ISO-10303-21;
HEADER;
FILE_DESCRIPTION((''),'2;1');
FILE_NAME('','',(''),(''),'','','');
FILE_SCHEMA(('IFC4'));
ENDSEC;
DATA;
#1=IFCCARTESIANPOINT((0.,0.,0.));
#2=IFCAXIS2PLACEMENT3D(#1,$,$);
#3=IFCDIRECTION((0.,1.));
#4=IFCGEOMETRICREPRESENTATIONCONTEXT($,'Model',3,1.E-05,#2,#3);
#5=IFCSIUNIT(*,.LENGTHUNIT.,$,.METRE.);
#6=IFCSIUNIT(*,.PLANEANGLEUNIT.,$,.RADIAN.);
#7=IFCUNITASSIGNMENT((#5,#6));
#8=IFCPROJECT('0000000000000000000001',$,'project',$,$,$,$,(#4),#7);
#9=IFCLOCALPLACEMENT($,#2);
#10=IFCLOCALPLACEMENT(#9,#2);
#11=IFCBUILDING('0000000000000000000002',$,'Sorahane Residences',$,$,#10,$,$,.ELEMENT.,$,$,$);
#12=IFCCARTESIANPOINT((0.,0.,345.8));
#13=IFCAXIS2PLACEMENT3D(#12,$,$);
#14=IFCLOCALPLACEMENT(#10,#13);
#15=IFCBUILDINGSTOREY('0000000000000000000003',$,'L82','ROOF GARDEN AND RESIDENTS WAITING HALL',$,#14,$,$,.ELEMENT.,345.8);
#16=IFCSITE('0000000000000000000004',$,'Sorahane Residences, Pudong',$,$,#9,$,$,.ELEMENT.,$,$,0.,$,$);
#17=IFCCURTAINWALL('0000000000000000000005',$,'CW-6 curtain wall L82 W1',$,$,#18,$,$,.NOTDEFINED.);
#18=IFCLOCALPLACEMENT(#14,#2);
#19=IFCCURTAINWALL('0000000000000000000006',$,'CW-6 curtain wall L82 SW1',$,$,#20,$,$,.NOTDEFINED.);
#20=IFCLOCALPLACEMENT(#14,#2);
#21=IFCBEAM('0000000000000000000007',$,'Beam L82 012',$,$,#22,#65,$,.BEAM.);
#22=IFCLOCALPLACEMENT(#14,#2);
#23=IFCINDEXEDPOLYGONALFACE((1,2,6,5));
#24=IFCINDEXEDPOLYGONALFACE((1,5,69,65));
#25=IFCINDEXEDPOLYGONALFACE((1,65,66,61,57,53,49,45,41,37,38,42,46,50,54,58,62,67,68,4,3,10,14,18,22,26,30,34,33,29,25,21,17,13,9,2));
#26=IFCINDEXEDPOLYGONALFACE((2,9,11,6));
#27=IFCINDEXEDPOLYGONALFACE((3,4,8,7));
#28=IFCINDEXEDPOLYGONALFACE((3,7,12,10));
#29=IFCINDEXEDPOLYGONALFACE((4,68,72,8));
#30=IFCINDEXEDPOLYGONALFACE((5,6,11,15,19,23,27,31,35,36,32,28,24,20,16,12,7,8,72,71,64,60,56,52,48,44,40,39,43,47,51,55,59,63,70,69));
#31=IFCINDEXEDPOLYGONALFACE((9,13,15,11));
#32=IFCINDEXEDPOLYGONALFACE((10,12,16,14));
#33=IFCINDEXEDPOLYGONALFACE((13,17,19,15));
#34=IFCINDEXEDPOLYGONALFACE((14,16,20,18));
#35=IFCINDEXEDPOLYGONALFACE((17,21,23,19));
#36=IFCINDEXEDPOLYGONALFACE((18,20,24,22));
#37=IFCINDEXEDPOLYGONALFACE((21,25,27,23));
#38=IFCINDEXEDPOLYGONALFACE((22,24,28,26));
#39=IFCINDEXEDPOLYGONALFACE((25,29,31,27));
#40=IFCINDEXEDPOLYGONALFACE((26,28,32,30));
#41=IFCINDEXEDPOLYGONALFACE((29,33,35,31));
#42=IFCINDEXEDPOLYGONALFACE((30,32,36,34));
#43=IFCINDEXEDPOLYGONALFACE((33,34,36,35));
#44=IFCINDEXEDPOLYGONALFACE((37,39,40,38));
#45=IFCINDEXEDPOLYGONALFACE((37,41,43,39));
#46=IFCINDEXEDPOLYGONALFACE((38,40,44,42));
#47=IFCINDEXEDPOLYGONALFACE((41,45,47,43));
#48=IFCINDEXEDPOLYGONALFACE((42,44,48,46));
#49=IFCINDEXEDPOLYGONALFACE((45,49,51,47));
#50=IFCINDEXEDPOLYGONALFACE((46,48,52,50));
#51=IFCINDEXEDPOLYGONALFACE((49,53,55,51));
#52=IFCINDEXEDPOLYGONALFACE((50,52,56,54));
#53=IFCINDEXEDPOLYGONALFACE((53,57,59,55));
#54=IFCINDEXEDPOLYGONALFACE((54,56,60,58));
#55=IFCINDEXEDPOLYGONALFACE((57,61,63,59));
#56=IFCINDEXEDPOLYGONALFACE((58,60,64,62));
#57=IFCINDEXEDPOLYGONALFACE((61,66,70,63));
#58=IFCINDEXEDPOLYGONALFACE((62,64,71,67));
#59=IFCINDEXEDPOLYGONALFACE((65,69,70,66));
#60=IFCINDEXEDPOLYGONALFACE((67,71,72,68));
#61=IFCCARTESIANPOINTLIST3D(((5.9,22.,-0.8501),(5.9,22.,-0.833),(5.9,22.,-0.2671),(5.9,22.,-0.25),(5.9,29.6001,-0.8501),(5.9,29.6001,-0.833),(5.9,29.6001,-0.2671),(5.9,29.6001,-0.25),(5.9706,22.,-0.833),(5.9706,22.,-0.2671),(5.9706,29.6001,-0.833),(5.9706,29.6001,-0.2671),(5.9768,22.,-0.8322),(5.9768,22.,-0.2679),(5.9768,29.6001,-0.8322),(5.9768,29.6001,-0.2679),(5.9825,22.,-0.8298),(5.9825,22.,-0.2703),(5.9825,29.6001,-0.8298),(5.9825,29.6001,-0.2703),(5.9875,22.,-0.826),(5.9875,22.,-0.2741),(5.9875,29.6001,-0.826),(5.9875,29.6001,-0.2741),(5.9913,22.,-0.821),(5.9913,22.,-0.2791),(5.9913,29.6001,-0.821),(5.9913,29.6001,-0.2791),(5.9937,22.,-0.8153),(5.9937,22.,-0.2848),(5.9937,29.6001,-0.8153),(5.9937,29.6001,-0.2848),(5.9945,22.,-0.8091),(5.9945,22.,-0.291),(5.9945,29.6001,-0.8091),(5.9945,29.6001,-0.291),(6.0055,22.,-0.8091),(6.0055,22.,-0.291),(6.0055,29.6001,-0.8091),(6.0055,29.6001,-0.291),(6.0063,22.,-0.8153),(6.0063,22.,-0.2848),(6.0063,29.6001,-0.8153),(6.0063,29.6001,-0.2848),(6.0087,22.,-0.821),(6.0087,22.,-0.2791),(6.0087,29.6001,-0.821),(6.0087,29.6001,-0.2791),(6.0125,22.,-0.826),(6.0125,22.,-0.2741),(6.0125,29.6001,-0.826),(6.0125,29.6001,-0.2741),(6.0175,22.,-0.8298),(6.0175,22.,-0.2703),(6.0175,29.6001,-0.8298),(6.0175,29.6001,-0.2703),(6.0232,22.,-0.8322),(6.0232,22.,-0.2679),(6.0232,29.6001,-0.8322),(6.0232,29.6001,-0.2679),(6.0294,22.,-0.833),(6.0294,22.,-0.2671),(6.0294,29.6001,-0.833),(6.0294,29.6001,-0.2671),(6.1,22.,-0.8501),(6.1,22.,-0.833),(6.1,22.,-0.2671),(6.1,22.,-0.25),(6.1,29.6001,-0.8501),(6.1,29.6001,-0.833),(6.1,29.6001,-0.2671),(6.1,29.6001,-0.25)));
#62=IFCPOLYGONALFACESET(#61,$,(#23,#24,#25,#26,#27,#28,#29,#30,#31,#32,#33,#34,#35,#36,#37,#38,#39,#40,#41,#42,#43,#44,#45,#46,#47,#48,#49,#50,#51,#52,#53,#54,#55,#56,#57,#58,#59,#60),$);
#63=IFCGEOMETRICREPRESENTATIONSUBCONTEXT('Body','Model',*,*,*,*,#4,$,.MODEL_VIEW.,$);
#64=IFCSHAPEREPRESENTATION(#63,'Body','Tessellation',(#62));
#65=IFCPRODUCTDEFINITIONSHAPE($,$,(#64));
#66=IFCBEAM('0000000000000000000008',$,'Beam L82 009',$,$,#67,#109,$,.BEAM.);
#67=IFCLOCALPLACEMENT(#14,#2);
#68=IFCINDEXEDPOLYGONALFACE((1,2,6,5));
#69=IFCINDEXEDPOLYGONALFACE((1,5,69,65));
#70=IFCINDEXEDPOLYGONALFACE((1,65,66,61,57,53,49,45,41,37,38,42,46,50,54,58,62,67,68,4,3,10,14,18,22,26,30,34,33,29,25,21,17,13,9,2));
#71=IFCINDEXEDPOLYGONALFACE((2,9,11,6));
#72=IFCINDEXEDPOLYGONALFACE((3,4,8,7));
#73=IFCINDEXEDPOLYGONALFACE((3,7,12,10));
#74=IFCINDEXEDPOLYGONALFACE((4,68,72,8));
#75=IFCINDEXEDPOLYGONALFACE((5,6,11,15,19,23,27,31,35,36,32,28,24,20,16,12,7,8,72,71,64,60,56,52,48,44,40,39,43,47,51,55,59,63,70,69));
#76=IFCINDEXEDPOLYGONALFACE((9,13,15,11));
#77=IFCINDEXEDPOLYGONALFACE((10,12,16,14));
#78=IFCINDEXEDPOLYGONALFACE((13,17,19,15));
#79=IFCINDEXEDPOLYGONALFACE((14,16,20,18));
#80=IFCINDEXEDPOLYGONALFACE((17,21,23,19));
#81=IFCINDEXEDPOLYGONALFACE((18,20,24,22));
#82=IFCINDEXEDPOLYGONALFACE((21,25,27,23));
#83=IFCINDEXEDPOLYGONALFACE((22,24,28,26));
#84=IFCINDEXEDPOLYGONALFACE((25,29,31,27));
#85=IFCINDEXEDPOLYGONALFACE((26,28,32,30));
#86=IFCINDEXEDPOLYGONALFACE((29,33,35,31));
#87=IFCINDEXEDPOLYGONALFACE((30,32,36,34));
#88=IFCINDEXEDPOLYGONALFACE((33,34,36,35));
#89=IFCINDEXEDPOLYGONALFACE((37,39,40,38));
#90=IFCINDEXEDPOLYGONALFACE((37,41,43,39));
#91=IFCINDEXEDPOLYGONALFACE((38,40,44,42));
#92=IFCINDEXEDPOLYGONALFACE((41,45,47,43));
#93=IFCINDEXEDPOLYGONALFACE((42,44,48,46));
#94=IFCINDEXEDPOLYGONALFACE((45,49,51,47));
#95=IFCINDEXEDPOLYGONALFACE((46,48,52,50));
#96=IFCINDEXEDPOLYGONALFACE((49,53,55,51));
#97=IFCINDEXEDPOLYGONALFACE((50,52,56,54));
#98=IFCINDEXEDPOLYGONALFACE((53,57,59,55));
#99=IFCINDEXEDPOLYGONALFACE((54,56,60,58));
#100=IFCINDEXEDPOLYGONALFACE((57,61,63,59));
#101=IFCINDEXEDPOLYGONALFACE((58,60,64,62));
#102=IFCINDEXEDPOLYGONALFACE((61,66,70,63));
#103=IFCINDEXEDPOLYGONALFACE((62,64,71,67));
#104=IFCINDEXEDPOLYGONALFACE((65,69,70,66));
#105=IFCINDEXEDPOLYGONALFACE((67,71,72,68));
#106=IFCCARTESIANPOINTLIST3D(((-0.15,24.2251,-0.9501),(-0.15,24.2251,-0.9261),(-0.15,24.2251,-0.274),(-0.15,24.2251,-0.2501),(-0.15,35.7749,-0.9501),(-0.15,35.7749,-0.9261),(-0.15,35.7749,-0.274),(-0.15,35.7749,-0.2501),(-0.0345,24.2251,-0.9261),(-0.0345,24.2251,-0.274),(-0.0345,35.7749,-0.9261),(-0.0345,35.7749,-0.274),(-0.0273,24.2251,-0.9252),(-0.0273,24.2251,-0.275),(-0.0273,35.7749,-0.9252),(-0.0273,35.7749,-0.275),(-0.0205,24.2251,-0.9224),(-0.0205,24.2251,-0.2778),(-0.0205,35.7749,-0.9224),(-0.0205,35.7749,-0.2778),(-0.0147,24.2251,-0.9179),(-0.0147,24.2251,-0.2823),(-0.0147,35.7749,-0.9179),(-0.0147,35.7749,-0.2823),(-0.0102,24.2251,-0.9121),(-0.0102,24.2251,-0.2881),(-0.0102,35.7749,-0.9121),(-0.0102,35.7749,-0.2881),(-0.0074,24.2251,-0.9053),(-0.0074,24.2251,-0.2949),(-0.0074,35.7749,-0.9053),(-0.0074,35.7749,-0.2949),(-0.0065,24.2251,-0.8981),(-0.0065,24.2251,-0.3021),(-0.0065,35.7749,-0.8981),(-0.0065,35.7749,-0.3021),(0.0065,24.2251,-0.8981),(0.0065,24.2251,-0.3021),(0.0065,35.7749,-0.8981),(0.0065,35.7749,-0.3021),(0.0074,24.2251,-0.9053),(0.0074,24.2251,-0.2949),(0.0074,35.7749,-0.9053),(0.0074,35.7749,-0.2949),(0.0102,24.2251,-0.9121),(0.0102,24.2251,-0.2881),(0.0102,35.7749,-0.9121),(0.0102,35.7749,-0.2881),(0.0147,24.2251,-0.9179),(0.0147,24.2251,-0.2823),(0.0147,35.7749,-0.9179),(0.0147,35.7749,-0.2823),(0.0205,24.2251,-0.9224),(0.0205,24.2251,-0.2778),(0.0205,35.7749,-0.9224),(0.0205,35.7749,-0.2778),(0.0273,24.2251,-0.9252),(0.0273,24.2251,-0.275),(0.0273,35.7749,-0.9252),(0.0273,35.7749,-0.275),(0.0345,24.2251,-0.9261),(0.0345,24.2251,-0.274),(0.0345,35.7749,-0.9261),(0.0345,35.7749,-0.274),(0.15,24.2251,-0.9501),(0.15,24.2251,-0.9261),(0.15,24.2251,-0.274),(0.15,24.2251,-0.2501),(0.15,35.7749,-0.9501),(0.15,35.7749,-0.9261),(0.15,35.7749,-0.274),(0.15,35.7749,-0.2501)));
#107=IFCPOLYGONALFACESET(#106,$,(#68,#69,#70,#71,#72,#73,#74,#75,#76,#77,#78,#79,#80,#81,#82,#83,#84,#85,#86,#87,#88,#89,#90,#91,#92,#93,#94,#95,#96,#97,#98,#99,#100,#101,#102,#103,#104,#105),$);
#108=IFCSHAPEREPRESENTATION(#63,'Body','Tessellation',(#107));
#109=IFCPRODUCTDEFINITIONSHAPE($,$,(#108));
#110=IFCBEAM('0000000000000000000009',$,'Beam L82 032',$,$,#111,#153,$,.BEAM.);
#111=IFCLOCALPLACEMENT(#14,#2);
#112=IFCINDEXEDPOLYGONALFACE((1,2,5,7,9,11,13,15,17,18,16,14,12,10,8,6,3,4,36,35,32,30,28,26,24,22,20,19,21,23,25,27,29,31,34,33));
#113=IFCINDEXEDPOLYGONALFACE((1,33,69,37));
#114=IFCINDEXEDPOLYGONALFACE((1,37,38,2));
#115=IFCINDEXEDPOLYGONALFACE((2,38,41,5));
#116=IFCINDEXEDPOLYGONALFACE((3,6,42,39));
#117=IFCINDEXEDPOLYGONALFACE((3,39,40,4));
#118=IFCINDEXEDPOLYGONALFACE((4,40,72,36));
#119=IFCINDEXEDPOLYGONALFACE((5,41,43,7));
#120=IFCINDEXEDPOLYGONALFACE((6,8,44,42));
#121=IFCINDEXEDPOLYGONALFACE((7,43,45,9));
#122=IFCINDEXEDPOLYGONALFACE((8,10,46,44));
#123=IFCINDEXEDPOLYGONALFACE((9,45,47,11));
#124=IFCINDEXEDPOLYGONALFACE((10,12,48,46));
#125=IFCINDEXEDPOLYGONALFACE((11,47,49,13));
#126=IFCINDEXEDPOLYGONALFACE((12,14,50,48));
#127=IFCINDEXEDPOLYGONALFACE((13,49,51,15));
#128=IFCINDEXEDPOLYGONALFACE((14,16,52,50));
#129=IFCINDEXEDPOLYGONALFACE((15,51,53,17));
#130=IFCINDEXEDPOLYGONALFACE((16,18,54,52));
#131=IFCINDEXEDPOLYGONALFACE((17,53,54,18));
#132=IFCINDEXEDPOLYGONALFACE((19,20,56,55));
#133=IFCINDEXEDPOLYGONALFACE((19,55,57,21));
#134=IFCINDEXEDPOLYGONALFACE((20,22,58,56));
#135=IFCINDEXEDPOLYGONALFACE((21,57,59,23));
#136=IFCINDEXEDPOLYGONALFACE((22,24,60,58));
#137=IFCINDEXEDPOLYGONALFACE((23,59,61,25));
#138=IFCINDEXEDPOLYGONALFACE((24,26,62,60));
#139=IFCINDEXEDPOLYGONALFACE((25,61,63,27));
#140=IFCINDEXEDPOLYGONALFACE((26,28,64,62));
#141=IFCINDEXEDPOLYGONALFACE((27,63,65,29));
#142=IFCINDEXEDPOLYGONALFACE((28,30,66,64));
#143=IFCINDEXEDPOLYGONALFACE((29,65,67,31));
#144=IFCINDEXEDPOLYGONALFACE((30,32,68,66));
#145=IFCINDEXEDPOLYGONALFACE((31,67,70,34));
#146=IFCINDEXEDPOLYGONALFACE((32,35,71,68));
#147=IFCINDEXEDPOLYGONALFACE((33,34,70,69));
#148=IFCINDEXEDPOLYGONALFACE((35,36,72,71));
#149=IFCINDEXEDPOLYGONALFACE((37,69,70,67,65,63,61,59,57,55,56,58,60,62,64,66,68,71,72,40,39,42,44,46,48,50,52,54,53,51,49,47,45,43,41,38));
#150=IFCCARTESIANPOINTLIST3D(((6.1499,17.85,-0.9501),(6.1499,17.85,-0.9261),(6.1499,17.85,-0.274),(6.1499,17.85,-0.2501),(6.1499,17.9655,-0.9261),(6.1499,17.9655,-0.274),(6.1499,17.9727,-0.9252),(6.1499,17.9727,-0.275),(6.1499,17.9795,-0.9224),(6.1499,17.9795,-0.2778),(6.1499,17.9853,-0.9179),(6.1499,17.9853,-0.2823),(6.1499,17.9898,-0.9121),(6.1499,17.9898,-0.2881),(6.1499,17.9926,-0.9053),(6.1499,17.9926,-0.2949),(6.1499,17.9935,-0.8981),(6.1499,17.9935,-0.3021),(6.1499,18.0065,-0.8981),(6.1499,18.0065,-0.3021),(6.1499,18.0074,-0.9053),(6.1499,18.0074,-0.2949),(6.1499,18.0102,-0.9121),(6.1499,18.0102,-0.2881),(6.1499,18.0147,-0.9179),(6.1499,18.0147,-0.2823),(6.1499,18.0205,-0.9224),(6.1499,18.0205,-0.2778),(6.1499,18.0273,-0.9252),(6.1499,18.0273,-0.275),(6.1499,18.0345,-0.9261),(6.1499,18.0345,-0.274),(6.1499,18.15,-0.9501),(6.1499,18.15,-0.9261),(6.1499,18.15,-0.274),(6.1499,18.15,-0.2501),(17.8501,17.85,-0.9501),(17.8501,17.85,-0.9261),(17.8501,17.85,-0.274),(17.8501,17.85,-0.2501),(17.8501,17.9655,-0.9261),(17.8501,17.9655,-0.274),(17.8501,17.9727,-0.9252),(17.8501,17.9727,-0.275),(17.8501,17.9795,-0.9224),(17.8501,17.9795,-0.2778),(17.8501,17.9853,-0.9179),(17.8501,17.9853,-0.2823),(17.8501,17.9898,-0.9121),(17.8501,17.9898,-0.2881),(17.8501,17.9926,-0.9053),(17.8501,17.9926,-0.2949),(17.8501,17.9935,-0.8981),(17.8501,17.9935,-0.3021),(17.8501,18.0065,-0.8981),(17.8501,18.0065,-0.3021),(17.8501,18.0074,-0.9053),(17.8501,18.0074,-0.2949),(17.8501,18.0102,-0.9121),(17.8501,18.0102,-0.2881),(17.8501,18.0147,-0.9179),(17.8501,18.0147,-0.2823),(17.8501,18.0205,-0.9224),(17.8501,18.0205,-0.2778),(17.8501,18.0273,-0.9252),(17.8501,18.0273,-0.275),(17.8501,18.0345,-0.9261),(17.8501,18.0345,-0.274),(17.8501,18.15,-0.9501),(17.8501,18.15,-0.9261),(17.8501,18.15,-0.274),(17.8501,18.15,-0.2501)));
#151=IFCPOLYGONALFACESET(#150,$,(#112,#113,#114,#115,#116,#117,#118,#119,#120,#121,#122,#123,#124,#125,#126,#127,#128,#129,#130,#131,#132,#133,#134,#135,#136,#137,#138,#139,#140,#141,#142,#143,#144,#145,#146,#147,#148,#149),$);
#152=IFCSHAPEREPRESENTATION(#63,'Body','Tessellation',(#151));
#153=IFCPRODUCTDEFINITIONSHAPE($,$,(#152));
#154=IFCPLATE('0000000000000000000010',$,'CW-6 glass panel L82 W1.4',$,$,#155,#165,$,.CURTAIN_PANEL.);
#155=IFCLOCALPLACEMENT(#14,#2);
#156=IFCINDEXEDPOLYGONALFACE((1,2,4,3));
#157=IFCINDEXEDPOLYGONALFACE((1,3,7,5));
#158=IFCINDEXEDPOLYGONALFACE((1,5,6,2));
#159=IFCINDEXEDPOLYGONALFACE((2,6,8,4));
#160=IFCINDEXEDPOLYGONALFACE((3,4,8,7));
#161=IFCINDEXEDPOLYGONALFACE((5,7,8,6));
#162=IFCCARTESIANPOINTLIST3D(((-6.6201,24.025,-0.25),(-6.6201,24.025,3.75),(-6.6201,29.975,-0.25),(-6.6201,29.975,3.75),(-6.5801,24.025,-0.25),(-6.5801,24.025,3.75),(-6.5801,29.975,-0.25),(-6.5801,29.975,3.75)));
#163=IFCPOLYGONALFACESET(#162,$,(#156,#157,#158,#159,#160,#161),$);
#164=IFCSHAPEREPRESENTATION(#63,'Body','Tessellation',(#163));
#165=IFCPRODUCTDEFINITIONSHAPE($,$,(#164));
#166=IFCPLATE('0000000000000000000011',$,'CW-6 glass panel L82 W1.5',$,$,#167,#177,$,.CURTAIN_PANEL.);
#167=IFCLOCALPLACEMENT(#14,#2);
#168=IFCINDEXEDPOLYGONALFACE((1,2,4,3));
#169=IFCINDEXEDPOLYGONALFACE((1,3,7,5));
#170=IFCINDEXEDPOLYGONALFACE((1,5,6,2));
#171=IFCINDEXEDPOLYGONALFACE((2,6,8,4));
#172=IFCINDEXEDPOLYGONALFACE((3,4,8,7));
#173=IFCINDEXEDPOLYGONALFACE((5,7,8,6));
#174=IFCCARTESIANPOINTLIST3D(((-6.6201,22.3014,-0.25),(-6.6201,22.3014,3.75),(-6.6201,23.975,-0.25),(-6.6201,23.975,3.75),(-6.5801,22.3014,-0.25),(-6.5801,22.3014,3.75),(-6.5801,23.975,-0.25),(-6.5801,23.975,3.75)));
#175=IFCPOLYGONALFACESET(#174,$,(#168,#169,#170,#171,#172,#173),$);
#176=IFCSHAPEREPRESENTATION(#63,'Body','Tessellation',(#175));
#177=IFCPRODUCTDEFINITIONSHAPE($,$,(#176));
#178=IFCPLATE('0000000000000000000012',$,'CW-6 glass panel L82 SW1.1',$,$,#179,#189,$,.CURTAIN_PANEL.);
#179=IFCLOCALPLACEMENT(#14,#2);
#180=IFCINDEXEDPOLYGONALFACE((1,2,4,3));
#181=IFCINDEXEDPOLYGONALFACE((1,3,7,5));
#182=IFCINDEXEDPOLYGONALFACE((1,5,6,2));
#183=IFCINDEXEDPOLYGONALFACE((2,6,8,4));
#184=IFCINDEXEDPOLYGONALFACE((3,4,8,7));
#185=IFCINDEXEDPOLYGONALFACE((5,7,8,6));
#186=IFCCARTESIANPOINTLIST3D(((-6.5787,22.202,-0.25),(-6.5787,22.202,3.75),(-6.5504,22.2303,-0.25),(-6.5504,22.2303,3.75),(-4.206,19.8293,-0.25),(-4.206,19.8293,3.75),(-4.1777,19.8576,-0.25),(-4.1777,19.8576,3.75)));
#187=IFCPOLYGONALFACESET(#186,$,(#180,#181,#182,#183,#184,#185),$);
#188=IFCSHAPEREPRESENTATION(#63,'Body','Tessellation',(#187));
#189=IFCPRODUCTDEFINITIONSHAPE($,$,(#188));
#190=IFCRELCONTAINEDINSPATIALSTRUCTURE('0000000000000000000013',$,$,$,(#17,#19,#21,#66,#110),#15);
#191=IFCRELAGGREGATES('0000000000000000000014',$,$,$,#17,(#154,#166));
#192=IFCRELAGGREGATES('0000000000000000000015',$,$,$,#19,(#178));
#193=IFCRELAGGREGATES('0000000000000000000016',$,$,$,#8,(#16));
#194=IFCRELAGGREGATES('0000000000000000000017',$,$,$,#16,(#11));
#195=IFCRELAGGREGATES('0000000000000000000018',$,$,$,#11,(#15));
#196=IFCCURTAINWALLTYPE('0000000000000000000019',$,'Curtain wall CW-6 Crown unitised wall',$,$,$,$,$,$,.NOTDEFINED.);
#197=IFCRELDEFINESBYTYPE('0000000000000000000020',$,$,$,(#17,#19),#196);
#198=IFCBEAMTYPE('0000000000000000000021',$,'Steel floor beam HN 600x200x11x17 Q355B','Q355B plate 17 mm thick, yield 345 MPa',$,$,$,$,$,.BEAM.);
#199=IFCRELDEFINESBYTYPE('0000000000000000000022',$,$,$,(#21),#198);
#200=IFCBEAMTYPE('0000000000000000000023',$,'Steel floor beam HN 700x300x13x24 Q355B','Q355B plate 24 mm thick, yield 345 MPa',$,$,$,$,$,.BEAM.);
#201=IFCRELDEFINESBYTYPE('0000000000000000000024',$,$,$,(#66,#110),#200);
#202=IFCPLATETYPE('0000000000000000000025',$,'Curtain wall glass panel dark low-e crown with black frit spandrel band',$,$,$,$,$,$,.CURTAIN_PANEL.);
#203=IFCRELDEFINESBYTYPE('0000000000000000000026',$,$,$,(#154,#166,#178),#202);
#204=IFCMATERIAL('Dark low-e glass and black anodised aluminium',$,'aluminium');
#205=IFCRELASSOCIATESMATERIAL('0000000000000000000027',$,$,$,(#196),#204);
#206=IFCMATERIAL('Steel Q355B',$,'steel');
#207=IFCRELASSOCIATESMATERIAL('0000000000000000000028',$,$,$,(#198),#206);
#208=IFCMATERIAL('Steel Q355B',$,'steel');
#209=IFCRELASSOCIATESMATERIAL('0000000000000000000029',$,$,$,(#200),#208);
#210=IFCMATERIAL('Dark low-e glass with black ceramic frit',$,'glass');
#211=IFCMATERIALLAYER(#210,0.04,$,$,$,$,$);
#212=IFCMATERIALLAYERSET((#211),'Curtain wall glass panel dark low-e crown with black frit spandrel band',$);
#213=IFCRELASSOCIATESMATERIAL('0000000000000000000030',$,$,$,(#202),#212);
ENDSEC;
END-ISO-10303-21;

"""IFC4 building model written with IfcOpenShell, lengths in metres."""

from ifc_helpers import new_model, si_unit, direction, frame, origin, origin_2d, place, context, subcontext, project, spatial, rectangle, i_section, extrude, material, layer, layer_set, material_profile, profile_set, type_object, element, aggregate, save


model = new_model("IFC4")

# Units and contexts
model_context = context("Model", 3, precision=1e-05, world=origin(), true_north=direction((0.0, 1.0)))
body_context = subcontext(model_context, "Body", "Model", "MODEL_VIEW")
ifc_project = project(units=[si_unit("LENGTHUNIT", "METRE"), si_unit("PLANEANGLEUNIT", "RADIAN")], contexts=[model_context])

# Site, building, storey
site_placement = place(None, origin())
site = spatial("IfcSite", under=ifc_project, at=site_placement, Name="Sorahane Residences, Pudong", CompositionType="ELEMENT", RefElevation=0.0)
building_placement = place(site_placement, origin())
building = spatial("IfcBuilding", under=site, at=building_placement, Name="Sorahane Residences", CompositionType="ELEMENT")
storey_placement = place(building_placement, frame((0.0, 0.0, 345.8)))
storey = spatial("IfcBuildingStorey", under=building, at=storey_placement, Name="L82", Description="ROOF GARDEN AND RESIDENTS WAITING HALL", CompositionType="ELEMENT", Elevation=345.8)

# Curtain walls
ifc_material_1 = material(Name="Dark low-e glass and black anodised aluminium", Category="aluminium")
curtain_wall_type = type_object("IfcCurtainWallType", Name="Curtain wall CW-6 Crown unitised wall", PredefinedType="NOTDEFINED", material=ifc_material_1)
curtain_wall_1_placement = place(storey_placement, origin())
curtain_wall_1 = element("IfcCurtainWall", 1, at=curtain_wall_1_placement, inside=storey, type_object=curtain_wall_type, Name="CW-6 curtain wall L82 W1", PredefinedType="NOTDEFINED")
curtain_wall_2_placement = place(storey_placement, origin())
curtain_wall_2 = element("IfcCurtainWall", 2, at=curtain_wall_2_placement, inside=storey, type_object=curtain_wall_type, Name="CW-6 curtain wall L82 SW1", PredefinedType="NOTDEFINED")

# Beams
ifc_material_2 = material(Name="Steel Q355B", Category="steel")
ifc_material_profile_1 = material_profile(ifc_material_2, i_section(OverallWidth=0.2, OverallDepth=0.6001, WebThickness=0.011, FlangeThickness=0.0171, FilletRadius=0.0239, at=origin_2d()), Name="HN 600x200x11x17")
ifc_profile_set_1 = profile_set([ifc_material_profile_1], Name="Steel Q355B")
beam_type_1 = type_object("IfcBeamType", Name="Steel floor beam HN 600x200x11x17 Q355B", Description="Q355B plate 17 mm thick, yield 345 MPa", PredefinedType="BEAM", material=ifc_profile_set_1)
beam_1_placement = place(storey_placement, frame((6.0, 22.0, -0.55), z_axis=(0.0, 1.0, 0.0), x_axis=(-1.0, 0.0, 0.0)))
element("IfcBeam", 3, at=beam_1_placement, inside=storey, type_object=beam_type_1, Name="Beam L82 012", PredefinedType="BEAM", context=body_context, shape_type="SweptSolid", body=[
    extrude(i_section(OverallWidth=0.2, OverallDepth=0.6001, WebThickness=0.011, FlangeThickness=0.0171, FilletRadius=0.0239, at=origin_2d()), origin(), (0.0, 0.0, 1.0), 7.6001),
])
ifc_material_3 = material(Name="Steel Q355B", Category="steel")
ifc_material_profile_2 = material_profile(ifc_material_3, i_section(OverallWidth=0.3, OverallDepth=0.7, WebThickness=0.0129, FlangeThickness=0.0239, FilletRadius=0.0281, at=origin_2d()), Name="HN 700x300x13x24")
ifc_profile_set_2 = profile_set([ifc_material_profile_2], Name="Steel Q355B")
beam_type_2 = type_object("IfcBeamType", Name="Steel floor beam HN 700x300x13x24 Q355B", Description="Q355B plate 24 mm thick, yield 345 MPa", PredefinedType="BEAM", material=ifc_profile_set_2)
beam_2_placement = place(storey_placement, frame((0.0, 24.2251, -0.6001), z_axis=(0.0, 1.0, 0.0), x_axis=(-1.0, 0.0, 0.0)))
element("IfcBeam", 4, at=beam_2_placement, inside=storey, type_object=beam_type_2, Name="Beam L82 009", PredefinedType="BEAM", context=body_context, shape_type="SweptSolid", body=[
    extrude(i_section(OverallWidth=0.3, OverallDepth=0.7, WebThickness=0.0129, FlangeThickness=0.0239, FilletRadius=0.0281, at=origin_2d()), origin(), (0.0, 0.0, 1.0), 11.5498),
])
beam_3_placement = place(storey_placement, frame((6.1499, 18.0, -0.6001), z_axis=(1.0, 0.0, 0.0), x_axis=(0.0, 1.0, 0.0)))
element("IfcBeam", 5, at=beam_3_placement, inside=storey, type_object=beam_type_2, Name="Beam L82 032", PredefinedType="BEAM", context=body_context, shape_type="SweptSolid", body=[
    extrude(i_section(OverallWidth=0.3, OverallDepth=0.7, WebThickness=0.0129, FlangeThickness=0.0239, FilletRadius=0.0281, at=origin_2d()), origin(), (0.0, 0.0, 1.0), 11.7002),
])

# Plates
ifc_material_4 = material(Name="Dark low-e glass with black ceramic frit", Category="glass")
ifc_layer_1 = layer(ifc_material_4, 0.04)
ifc_layer_set_1 = layer_set([ifc_layer_1], Name="Curtain wall glass panel dark low-e crown with black frit spandrel band")
plate_type = type_object("IfcPlateType", Name="Curtain wall glass panel dark low-e crown with black frit spandrel band", PredefinedType="CURTAIN_PANEL", material=ifc_layer_set_1)
plate_1_placement = place(storey_placement, frame((-6.6001, 27.0, -0.25), z_axis=(0.0, 0.0, 1.0), x_axis=(0.0, -1.0, 0.0)))
plate_1 = element("IfcPlate", 6, at=plate_1_placement, type_object=plate_type, Name="CW-6 glass panel L82 W1.4", PredefinedType="CURTAIN_PANEL", context=body_context, shape_type="SweptSolid", body=[
    extrude(rectangle(XDim=5.95, YDim=0.04, at=origin_2d()), origin(), (0.0, 0.0, 1.0), 4.0),
])
plate_2_placement = place(storey_placement, frame((-6.6001, 23.1382, -0.25), z_axis=(0.0, 0.0, 1.0), x_axis=(0.0, -1.0, 0.0)))
plate_2 = element("IfcPlate", 7, at=plate_2_placement, type_object=plate_type, Name="CW-6 glass panel L82 W1.5", PredefinedType="CURTAIN_PANEL", context=body_context, shape_type="SweptSolid", body=[
    extrude(rectangle(XDim=1.6736, YDim=0.04, at=origin_2d()), origin(), (0.0, 0.0, 1.0), 4.0),
])
aggregate(curtain_wall_1, [plate_1, plate_2])
plate_3_placement = place(storey_placement, frame((-5.3782, 21.0298, -0.25), z_axis=(0.0, 0.0, 1.0), x_axis=(0.707107, -0.707107, 0.0)))
plate_3 = element("IfcPlate", 8, at=plate_3_placement, type_object=plate_type, Name="CW-6 glass panel L82 SW1.1", PredefinedType="CURTAIN_PANEL", context=body_context, shape_type="SweptSolid", body=[
    extrude(rectangle(XDim=3.3555, YDim=0.04, at=origin_2d()), origin(), (0.0, 0.0, 1.0), 4.0),
])
aggregate(curtain_wall_2, [plate_3])

save(model, "model.ifc")
